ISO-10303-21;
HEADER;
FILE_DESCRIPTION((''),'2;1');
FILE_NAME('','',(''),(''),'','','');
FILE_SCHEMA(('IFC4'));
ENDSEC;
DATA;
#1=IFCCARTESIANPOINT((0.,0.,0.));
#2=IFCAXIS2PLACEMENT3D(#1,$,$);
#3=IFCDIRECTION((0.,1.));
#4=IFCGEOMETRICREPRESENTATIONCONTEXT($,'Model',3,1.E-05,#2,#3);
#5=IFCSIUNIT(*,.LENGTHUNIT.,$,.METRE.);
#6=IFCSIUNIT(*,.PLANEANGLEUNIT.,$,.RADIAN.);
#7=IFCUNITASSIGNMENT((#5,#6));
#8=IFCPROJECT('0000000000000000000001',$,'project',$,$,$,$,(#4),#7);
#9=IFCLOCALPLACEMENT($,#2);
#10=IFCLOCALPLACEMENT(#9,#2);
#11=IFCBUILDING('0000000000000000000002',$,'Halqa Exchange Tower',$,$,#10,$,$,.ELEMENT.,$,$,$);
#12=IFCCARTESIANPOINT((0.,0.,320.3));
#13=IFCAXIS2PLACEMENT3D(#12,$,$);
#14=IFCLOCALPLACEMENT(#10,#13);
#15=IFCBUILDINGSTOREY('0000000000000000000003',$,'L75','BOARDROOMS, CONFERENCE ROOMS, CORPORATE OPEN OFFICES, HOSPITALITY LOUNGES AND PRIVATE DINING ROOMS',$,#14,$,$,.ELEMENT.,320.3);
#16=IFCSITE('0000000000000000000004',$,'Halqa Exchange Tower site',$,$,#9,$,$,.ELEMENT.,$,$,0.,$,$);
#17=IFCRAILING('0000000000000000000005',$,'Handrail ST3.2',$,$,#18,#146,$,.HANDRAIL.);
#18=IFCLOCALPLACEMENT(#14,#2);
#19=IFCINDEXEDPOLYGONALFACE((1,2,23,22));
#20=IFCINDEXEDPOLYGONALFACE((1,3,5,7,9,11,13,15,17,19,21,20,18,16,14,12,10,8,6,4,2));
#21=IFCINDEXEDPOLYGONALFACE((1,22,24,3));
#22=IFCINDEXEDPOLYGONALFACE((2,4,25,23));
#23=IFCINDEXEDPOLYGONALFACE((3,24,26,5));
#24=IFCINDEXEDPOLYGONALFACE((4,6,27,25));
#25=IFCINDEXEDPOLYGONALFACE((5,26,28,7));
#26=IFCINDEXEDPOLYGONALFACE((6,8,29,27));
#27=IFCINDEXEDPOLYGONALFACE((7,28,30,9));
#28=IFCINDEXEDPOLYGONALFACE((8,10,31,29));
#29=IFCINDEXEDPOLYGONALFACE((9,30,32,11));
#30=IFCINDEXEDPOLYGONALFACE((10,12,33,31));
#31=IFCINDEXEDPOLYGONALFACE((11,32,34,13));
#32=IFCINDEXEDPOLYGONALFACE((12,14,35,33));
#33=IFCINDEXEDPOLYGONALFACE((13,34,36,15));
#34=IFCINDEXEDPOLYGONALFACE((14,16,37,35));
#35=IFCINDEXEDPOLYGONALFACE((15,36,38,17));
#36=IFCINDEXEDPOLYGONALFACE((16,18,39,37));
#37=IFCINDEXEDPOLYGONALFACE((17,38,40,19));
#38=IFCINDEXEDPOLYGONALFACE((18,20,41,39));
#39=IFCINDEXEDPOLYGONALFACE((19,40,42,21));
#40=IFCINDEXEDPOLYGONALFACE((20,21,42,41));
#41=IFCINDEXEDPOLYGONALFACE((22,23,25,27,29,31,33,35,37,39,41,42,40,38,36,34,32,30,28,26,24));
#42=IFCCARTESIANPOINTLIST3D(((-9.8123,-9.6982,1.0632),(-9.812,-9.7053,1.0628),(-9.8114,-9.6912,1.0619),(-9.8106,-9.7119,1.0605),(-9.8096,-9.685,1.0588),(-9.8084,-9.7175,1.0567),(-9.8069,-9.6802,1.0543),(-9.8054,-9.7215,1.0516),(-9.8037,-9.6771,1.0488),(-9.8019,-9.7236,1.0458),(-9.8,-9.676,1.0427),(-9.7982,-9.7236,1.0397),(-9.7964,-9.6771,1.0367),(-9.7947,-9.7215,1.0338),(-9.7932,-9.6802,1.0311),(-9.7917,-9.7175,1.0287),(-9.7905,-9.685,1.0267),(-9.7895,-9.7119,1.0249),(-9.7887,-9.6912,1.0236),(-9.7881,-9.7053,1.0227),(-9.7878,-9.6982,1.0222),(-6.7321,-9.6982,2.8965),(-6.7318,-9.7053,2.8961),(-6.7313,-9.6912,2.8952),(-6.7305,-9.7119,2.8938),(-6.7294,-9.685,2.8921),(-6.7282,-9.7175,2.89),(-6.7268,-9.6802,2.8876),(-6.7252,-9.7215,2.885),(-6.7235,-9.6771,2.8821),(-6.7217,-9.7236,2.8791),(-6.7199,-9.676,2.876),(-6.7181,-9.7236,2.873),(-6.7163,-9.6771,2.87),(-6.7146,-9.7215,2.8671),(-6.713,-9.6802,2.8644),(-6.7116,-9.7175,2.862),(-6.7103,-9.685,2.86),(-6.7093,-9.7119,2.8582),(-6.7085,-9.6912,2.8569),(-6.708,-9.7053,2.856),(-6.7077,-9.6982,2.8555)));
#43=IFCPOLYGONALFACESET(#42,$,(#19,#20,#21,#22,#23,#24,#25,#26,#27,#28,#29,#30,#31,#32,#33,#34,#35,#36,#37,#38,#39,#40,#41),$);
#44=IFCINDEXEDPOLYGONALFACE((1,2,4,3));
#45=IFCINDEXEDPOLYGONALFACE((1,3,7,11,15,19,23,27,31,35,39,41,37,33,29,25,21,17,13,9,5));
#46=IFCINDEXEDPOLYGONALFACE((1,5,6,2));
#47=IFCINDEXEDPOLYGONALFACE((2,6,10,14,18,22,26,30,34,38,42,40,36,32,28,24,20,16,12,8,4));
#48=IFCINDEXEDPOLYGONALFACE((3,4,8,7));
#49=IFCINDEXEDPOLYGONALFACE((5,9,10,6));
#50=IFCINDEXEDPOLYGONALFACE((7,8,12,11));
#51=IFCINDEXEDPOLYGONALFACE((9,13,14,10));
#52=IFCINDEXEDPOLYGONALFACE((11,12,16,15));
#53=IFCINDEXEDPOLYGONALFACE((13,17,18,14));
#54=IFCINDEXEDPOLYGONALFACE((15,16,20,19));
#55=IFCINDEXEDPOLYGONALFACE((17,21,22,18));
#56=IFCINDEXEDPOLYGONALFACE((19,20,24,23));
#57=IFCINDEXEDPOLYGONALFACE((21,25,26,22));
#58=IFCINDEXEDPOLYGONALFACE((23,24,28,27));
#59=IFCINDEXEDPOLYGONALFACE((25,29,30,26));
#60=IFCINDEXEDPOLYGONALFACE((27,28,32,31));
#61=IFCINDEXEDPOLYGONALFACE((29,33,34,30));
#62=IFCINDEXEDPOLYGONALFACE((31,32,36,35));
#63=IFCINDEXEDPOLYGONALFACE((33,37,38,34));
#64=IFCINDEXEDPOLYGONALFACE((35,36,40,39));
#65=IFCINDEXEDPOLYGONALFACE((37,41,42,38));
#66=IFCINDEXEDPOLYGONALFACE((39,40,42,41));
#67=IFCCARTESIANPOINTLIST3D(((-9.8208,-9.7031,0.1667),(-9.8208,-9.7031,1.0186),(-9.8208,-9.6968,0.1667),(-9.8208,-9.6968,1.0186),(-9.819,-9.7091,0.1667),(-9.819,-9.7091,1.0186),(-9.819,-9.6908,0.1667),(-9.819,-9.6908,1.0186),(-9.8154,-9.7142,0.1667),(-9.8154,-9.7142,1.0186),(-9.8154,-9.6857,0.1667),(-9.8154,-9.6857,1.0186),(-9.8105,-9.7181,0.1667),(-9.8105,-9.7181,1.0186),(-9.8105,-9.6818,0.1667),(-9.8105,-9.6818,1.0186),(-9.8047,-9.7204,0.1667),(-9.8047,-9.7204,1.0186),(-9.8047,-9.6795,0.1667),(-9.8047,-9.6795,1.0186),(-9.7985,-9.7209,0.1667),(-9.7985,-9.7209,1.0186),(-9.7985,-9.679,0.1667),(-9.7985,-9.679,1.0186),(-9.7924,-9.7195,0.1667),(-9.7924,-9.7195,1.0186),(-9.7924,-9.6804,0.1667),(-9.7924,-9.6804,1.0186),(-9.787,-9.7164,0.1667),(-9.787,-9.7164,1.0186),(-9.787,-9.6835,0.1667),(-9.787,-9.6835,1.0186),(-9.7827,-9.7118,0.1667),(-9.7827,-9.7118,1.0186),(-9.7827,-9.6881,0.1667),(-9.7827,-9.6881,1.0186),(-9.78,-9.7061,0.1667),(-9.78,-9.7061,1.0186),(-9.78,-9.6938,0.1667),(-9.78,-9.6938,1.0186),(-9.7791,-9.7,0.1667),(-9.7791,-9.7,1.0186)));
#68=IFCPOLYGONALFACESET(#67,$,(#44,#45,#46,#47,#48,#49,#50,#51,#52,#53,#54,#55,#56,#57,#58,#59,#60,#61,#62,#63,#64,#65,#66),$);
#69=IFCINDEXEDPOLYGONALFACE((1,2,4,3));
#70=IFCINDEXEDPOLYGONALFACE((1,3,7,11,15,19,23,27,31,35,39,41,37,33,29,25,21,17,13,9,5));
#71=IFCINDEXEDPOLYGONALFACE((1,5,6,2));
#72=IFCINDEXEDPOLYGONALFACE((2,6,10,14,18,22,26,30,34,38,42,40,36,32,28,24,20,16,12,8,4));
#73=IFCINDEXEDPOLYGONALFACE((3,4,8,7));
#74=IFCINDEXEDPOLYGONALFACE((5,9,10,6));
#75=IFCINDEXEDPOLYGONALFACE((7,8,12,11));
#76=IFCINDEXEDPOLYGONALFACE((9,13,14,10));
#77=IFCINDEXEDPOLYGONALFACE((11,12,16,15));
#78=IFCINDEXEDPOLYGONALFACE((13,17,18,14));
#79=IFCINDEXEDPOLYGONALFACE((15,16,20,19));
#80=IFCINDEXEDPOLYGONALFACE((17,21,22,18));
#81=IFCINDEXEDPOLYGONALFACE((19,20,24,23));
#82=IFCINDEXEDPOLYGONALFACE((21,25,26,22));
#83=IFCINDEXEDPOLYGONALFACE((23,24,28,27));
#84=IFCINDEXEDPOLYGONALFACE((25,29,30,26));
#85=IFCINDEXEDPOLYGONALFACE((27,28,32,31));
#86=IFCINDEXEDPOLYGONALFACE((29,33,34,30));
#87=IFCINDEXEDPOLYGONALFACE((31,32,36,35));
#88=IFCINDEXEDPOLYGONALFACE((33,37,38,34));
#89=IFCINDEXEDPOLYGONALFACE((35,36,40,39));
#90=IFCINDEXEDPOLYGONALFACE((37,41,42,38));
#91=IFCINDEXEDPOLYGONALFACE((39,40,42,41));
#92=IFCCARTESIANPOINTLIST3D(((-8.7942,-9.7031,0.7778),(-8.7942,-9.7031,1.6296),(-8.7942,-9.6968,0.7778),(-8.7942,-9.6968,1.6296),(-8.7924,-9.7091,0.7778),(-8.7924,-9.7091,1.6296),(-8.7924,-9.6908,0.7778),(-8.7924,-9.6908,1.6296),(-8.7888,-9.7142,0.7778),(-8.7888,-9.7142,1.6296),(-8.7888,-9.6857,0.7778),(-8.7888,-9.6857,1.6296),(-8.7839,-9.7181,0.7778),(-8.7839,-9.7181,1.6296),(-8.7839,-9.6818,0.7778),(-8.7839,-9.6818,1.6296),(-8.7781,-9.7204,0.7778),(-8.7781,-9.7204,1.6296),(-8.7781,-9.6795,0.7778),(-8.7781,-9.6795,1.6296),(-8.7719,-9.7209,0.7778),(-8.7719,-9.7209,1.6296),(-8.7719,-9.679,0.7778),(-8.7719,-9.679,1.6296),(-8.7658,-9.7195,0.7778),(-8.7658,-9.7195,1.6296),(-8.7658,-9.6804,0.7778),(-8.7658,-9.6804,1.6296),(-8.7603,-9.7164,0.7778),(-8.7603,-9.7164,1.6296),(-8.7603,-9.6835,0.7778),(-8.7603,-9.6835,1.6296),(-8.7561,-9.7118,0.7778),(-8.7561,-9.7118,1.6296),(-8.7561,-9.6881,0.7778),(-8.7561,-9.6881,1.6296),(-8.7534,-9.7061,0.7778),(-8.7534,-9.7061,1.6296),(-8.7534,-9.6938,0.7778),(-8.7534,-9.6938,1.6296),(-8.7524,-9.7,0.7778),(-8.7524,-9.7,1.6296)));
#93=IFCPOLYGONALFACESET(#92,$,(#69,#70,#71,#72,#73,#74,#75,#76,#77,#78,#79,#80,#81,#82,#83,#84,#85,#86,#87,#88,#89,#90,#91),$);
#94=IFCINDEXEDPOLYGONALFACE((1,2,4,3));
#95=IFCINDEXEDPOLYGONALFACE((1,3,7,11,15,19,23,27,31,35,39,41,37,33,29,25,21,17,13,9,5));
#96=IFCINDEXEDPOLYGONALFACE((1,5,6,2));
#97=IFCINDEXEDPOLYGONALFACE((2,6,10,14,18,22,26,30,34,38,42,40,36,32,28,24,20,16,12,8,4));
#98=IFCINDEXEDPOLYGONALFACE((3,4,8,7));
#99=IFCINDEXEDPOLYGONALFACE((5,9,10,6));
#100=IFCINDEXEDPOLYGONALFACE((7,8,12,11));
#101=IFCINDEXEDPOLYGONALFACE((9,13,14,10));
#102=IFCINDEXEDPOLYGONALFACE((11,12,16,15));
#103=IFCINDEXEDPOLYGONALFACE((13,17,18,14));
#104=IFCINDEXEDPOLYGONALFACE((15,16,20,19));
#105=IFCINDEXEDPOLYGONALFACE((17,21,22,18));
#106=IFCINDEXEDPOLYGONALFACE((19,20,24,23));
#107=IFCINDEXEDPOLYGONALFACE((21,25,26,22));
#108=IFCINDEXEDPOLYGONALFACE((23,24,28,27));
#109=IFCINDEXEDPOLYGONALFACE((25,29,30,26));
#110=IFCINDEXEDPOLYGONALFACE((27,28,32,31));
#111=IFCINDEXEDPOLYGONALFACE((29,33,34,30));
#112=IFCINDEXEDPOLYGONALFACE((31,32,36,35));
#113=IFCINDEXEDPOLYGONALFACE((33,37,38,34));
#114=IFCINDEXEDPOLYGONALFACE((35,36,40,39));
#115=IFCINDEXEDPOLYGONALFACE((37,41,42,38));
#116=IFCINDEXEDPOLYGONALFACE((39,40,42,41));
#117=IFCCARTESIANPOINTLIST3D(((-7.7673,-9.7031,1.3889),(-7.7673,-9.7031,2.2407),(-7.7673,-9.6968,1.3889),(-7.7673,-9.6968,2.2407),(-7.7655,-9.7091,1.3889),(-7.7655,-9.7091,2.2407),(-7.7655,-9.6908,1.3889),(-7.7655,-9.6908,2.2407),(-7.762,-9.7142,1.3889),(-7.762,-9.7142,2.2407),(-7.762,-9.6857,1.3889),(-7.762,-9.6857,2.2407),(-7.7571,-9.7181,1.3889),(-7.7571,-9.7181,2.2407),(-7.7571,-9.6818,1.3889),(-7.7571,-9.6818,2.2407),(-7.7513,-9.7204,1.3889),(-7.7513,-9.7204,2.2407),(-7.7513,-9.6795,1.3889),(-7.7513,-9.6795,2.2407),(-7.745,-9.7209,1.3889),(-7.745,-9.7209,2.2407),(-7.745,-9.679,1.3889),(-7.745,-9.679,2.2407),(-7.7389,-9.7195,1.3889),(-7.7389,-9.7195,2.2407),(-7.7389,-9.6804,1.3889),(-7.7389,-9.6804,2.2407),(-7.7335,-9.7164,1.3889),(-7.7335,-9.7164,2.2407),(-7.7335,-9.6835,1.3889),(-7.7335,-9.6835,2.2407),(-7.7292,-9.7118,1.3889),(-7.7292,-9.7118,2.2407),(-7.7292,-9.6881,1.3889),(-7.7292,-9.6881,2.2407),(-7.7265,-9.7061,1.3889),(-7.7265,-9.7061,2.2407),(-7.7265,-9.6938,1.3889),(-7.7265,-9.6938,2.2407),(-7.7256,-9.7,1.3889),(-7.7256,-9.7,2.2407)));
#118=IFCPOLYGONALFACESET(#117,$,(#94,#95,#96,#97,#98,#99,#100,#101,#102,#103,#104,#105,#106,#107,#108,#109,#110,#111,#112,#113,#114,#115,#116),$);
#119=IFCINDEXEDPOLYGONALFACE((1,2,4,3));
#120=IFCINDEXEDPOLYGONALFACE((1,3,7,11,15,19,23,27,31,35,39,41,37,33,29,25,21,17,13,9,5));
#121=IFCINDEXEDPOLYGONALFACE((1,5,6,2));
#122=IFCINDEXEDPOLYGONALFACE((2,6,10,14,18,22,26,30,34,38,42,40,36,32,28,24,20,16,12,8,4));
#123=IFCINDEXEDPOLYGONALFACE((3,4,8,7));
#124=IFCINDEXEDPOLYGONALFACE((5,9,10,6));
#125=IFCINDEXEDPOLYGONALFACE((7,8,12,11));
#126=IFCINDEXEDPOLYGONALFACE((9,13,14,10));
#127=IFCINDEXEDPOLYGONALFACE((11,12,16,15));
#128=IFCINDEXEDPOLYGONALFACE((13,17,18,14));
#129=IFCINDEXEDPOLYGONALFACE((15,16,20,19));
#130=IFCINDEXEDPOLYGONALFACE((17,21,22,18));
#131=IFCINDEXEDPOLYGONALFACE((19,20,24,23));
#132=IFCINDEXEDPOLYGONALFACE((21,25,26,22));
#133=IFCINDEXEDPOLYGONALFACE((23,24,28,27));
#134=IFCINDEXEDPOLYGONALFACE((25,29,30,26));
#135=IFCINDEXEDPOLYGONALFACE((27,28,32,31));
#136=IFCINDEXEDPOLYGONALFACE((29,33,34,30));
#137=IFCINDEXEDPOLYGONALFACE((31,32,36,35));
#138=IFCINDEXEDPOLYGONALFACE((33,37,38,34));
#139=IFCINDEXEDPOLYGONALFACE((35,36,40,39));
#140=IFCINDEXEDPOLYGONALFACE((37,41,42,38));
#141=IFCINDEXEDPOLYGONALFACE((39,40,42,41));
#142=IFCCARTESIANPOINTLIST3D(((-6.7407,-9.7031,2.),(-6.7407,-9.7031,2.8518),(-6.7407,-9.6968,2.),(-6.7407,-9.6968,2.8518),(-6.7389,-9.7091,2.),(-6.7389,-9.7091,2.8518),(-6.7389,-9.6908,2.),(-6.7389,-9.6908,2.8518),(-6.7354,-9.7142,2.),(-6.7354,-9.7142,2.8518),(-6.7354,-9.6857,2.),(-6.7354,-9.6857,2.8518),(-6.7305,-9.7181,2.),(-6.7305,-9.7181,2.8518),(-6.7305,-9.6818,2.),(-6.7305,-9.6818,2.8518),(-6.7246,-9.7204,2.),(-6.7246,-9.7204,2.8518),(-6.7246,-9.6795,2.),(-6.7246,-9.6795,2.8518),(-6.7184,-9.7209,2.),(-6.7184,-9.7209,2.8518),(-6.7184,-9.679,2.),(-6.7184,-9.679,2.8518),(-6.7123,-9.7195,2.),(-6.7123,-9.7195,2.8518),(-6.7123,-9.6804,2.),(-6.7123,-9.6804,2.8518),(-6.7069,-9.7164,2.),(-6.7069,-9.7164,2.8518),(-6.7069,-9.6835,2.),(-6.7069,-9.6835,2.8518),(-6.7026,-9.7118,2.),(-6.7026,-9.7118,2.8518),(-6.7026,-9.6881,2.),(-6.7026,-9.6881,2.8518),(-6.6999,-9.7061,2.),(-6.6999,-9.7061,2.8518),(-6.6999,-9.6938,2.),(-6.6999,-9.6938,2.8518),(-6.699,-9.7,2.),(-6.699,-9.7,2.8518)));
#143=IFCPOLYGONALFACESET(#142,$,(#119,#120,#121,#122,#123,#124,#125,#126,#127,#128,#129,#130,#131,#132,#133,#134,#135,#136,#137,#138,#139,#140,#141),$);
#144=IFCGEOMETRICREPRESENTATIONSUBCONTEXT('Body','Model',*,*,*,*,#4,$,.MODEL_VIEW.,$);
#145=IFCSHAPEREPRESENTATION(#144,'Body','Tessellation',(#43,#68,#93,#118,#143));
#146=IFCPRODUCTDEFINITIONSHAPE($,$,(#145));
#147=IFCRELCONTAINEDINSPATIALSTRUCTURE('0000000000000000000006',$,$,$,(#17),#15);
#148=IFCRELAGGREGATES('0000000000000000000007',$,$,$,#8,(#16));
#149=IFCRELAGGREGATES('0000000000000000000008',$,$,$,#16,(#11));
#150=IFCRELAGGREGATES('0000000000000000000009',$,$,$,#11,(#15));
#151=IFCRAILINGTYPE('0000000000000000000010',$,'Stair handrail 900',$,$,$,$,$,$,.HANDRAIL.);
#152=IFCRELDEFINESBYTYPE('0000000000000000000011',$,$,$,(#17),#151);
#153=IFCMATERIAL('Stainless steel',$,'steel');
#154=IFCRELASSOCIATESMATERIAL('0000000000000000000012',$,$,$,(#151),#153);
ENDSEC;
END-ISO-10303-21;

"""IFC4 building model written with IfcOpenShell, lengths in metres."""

from ifc_helpers import new_model, si_unit, direction, frame, origin, origin_2d, place, context, subcontext, project, spatial, circle, extrude, material, type_object, element, save


model = new_model("IFC4")

# Units and contexts
model_context = context("Model", 3, precision=1e-05, world=origin(), true_north=direction((0.0, 1.0)))
body_context = subcontext(model_context, "Body", "Model", "MODEL_VIEW")
ifc_project = project(units=[si_unit("LENGTHUNIT", "METRE"), si_unit("PLANEANGLEUNIT", "RADIAN")], contexts=[model_context])

# Site, building, storey
site_placement = place(None, origin())
site = spatial("IfcSite", under=ifc_project, at=site_placement, Name="Halqa Exchange Tower site", CompositionType="ELEMENT", RefElevation=0.0)
building_placement = place(site_placement, origin())
building = spatial("IfcBuilding", under=site, at=building_placement, Name="Halqa Exchange Tower", CompositionType="ELEMENT")
storey_placement = place(building_placement, frame((0.0, 0.0, 320.3)))
storey = spatial("IfcBuildingStorey", under=building, at=storey_placement, Name="L75", Description="BOARDROOMS, CONFERENCE ROOMS, CORPORATE OPEN OFFICES, HOSPITALITY LOUNGES AND PRIVATE DINING ROOMS", CompositionType="ELEMENT", Elevation=320.3)

# Shared definitions
ifc_material_1 = material(Name="Stainless steel", Category="steel")

# Railing
railing_type_1 = type_object("IfcRailingType", Name="Stair handrail 900", PredefinedType="HANDRAIL", material=ifc_material_1)
railing_1_placement = place(storey_placement, frame((-9.8, -9.7, 0.1667)))
element("IfcRailing", 1, at=railing_1_placement, inside=storey, type_object=railing_type_1, Name="Handrail ST3.2", PredefinedType="HANDRAIL", context=body_context, shape_type="SweptSolid", body=[
    extrude(circle(Radius=0.0239, at=origin_2d()), frame((0.0, 0.0, 0.876), z_axis=(0.859309, 0.0, 0.511458), x_axis=(0.0, 1.0, 0.0)), (0.0, 0.0, 1.0), 3.5845),
    extrude(circle(Radius=0.021, at=origin_2d()), origin(), (0.0, 0.0, 1.0), 0.8518),
    extrude(circle(Radius=0.021, at=origin_2d()), frame((1.0266, 0.0, 0.6111)), (0.0, 0.0, 1.0), 0.8518),
    extrude(circle(Radius=0.021, at=origin_2d()), frame((2.0535, 0.0, 1.2222)), (0.0, 0.0, 1.0), 0.8518),
    extrude(circle(Radius=0.021, at=origin_2d()), frame((3.0801, 0.0, 1.8333)), (0.0, 0.0, 1.0), 0.8518),
])

save(model, "model.ifc")
